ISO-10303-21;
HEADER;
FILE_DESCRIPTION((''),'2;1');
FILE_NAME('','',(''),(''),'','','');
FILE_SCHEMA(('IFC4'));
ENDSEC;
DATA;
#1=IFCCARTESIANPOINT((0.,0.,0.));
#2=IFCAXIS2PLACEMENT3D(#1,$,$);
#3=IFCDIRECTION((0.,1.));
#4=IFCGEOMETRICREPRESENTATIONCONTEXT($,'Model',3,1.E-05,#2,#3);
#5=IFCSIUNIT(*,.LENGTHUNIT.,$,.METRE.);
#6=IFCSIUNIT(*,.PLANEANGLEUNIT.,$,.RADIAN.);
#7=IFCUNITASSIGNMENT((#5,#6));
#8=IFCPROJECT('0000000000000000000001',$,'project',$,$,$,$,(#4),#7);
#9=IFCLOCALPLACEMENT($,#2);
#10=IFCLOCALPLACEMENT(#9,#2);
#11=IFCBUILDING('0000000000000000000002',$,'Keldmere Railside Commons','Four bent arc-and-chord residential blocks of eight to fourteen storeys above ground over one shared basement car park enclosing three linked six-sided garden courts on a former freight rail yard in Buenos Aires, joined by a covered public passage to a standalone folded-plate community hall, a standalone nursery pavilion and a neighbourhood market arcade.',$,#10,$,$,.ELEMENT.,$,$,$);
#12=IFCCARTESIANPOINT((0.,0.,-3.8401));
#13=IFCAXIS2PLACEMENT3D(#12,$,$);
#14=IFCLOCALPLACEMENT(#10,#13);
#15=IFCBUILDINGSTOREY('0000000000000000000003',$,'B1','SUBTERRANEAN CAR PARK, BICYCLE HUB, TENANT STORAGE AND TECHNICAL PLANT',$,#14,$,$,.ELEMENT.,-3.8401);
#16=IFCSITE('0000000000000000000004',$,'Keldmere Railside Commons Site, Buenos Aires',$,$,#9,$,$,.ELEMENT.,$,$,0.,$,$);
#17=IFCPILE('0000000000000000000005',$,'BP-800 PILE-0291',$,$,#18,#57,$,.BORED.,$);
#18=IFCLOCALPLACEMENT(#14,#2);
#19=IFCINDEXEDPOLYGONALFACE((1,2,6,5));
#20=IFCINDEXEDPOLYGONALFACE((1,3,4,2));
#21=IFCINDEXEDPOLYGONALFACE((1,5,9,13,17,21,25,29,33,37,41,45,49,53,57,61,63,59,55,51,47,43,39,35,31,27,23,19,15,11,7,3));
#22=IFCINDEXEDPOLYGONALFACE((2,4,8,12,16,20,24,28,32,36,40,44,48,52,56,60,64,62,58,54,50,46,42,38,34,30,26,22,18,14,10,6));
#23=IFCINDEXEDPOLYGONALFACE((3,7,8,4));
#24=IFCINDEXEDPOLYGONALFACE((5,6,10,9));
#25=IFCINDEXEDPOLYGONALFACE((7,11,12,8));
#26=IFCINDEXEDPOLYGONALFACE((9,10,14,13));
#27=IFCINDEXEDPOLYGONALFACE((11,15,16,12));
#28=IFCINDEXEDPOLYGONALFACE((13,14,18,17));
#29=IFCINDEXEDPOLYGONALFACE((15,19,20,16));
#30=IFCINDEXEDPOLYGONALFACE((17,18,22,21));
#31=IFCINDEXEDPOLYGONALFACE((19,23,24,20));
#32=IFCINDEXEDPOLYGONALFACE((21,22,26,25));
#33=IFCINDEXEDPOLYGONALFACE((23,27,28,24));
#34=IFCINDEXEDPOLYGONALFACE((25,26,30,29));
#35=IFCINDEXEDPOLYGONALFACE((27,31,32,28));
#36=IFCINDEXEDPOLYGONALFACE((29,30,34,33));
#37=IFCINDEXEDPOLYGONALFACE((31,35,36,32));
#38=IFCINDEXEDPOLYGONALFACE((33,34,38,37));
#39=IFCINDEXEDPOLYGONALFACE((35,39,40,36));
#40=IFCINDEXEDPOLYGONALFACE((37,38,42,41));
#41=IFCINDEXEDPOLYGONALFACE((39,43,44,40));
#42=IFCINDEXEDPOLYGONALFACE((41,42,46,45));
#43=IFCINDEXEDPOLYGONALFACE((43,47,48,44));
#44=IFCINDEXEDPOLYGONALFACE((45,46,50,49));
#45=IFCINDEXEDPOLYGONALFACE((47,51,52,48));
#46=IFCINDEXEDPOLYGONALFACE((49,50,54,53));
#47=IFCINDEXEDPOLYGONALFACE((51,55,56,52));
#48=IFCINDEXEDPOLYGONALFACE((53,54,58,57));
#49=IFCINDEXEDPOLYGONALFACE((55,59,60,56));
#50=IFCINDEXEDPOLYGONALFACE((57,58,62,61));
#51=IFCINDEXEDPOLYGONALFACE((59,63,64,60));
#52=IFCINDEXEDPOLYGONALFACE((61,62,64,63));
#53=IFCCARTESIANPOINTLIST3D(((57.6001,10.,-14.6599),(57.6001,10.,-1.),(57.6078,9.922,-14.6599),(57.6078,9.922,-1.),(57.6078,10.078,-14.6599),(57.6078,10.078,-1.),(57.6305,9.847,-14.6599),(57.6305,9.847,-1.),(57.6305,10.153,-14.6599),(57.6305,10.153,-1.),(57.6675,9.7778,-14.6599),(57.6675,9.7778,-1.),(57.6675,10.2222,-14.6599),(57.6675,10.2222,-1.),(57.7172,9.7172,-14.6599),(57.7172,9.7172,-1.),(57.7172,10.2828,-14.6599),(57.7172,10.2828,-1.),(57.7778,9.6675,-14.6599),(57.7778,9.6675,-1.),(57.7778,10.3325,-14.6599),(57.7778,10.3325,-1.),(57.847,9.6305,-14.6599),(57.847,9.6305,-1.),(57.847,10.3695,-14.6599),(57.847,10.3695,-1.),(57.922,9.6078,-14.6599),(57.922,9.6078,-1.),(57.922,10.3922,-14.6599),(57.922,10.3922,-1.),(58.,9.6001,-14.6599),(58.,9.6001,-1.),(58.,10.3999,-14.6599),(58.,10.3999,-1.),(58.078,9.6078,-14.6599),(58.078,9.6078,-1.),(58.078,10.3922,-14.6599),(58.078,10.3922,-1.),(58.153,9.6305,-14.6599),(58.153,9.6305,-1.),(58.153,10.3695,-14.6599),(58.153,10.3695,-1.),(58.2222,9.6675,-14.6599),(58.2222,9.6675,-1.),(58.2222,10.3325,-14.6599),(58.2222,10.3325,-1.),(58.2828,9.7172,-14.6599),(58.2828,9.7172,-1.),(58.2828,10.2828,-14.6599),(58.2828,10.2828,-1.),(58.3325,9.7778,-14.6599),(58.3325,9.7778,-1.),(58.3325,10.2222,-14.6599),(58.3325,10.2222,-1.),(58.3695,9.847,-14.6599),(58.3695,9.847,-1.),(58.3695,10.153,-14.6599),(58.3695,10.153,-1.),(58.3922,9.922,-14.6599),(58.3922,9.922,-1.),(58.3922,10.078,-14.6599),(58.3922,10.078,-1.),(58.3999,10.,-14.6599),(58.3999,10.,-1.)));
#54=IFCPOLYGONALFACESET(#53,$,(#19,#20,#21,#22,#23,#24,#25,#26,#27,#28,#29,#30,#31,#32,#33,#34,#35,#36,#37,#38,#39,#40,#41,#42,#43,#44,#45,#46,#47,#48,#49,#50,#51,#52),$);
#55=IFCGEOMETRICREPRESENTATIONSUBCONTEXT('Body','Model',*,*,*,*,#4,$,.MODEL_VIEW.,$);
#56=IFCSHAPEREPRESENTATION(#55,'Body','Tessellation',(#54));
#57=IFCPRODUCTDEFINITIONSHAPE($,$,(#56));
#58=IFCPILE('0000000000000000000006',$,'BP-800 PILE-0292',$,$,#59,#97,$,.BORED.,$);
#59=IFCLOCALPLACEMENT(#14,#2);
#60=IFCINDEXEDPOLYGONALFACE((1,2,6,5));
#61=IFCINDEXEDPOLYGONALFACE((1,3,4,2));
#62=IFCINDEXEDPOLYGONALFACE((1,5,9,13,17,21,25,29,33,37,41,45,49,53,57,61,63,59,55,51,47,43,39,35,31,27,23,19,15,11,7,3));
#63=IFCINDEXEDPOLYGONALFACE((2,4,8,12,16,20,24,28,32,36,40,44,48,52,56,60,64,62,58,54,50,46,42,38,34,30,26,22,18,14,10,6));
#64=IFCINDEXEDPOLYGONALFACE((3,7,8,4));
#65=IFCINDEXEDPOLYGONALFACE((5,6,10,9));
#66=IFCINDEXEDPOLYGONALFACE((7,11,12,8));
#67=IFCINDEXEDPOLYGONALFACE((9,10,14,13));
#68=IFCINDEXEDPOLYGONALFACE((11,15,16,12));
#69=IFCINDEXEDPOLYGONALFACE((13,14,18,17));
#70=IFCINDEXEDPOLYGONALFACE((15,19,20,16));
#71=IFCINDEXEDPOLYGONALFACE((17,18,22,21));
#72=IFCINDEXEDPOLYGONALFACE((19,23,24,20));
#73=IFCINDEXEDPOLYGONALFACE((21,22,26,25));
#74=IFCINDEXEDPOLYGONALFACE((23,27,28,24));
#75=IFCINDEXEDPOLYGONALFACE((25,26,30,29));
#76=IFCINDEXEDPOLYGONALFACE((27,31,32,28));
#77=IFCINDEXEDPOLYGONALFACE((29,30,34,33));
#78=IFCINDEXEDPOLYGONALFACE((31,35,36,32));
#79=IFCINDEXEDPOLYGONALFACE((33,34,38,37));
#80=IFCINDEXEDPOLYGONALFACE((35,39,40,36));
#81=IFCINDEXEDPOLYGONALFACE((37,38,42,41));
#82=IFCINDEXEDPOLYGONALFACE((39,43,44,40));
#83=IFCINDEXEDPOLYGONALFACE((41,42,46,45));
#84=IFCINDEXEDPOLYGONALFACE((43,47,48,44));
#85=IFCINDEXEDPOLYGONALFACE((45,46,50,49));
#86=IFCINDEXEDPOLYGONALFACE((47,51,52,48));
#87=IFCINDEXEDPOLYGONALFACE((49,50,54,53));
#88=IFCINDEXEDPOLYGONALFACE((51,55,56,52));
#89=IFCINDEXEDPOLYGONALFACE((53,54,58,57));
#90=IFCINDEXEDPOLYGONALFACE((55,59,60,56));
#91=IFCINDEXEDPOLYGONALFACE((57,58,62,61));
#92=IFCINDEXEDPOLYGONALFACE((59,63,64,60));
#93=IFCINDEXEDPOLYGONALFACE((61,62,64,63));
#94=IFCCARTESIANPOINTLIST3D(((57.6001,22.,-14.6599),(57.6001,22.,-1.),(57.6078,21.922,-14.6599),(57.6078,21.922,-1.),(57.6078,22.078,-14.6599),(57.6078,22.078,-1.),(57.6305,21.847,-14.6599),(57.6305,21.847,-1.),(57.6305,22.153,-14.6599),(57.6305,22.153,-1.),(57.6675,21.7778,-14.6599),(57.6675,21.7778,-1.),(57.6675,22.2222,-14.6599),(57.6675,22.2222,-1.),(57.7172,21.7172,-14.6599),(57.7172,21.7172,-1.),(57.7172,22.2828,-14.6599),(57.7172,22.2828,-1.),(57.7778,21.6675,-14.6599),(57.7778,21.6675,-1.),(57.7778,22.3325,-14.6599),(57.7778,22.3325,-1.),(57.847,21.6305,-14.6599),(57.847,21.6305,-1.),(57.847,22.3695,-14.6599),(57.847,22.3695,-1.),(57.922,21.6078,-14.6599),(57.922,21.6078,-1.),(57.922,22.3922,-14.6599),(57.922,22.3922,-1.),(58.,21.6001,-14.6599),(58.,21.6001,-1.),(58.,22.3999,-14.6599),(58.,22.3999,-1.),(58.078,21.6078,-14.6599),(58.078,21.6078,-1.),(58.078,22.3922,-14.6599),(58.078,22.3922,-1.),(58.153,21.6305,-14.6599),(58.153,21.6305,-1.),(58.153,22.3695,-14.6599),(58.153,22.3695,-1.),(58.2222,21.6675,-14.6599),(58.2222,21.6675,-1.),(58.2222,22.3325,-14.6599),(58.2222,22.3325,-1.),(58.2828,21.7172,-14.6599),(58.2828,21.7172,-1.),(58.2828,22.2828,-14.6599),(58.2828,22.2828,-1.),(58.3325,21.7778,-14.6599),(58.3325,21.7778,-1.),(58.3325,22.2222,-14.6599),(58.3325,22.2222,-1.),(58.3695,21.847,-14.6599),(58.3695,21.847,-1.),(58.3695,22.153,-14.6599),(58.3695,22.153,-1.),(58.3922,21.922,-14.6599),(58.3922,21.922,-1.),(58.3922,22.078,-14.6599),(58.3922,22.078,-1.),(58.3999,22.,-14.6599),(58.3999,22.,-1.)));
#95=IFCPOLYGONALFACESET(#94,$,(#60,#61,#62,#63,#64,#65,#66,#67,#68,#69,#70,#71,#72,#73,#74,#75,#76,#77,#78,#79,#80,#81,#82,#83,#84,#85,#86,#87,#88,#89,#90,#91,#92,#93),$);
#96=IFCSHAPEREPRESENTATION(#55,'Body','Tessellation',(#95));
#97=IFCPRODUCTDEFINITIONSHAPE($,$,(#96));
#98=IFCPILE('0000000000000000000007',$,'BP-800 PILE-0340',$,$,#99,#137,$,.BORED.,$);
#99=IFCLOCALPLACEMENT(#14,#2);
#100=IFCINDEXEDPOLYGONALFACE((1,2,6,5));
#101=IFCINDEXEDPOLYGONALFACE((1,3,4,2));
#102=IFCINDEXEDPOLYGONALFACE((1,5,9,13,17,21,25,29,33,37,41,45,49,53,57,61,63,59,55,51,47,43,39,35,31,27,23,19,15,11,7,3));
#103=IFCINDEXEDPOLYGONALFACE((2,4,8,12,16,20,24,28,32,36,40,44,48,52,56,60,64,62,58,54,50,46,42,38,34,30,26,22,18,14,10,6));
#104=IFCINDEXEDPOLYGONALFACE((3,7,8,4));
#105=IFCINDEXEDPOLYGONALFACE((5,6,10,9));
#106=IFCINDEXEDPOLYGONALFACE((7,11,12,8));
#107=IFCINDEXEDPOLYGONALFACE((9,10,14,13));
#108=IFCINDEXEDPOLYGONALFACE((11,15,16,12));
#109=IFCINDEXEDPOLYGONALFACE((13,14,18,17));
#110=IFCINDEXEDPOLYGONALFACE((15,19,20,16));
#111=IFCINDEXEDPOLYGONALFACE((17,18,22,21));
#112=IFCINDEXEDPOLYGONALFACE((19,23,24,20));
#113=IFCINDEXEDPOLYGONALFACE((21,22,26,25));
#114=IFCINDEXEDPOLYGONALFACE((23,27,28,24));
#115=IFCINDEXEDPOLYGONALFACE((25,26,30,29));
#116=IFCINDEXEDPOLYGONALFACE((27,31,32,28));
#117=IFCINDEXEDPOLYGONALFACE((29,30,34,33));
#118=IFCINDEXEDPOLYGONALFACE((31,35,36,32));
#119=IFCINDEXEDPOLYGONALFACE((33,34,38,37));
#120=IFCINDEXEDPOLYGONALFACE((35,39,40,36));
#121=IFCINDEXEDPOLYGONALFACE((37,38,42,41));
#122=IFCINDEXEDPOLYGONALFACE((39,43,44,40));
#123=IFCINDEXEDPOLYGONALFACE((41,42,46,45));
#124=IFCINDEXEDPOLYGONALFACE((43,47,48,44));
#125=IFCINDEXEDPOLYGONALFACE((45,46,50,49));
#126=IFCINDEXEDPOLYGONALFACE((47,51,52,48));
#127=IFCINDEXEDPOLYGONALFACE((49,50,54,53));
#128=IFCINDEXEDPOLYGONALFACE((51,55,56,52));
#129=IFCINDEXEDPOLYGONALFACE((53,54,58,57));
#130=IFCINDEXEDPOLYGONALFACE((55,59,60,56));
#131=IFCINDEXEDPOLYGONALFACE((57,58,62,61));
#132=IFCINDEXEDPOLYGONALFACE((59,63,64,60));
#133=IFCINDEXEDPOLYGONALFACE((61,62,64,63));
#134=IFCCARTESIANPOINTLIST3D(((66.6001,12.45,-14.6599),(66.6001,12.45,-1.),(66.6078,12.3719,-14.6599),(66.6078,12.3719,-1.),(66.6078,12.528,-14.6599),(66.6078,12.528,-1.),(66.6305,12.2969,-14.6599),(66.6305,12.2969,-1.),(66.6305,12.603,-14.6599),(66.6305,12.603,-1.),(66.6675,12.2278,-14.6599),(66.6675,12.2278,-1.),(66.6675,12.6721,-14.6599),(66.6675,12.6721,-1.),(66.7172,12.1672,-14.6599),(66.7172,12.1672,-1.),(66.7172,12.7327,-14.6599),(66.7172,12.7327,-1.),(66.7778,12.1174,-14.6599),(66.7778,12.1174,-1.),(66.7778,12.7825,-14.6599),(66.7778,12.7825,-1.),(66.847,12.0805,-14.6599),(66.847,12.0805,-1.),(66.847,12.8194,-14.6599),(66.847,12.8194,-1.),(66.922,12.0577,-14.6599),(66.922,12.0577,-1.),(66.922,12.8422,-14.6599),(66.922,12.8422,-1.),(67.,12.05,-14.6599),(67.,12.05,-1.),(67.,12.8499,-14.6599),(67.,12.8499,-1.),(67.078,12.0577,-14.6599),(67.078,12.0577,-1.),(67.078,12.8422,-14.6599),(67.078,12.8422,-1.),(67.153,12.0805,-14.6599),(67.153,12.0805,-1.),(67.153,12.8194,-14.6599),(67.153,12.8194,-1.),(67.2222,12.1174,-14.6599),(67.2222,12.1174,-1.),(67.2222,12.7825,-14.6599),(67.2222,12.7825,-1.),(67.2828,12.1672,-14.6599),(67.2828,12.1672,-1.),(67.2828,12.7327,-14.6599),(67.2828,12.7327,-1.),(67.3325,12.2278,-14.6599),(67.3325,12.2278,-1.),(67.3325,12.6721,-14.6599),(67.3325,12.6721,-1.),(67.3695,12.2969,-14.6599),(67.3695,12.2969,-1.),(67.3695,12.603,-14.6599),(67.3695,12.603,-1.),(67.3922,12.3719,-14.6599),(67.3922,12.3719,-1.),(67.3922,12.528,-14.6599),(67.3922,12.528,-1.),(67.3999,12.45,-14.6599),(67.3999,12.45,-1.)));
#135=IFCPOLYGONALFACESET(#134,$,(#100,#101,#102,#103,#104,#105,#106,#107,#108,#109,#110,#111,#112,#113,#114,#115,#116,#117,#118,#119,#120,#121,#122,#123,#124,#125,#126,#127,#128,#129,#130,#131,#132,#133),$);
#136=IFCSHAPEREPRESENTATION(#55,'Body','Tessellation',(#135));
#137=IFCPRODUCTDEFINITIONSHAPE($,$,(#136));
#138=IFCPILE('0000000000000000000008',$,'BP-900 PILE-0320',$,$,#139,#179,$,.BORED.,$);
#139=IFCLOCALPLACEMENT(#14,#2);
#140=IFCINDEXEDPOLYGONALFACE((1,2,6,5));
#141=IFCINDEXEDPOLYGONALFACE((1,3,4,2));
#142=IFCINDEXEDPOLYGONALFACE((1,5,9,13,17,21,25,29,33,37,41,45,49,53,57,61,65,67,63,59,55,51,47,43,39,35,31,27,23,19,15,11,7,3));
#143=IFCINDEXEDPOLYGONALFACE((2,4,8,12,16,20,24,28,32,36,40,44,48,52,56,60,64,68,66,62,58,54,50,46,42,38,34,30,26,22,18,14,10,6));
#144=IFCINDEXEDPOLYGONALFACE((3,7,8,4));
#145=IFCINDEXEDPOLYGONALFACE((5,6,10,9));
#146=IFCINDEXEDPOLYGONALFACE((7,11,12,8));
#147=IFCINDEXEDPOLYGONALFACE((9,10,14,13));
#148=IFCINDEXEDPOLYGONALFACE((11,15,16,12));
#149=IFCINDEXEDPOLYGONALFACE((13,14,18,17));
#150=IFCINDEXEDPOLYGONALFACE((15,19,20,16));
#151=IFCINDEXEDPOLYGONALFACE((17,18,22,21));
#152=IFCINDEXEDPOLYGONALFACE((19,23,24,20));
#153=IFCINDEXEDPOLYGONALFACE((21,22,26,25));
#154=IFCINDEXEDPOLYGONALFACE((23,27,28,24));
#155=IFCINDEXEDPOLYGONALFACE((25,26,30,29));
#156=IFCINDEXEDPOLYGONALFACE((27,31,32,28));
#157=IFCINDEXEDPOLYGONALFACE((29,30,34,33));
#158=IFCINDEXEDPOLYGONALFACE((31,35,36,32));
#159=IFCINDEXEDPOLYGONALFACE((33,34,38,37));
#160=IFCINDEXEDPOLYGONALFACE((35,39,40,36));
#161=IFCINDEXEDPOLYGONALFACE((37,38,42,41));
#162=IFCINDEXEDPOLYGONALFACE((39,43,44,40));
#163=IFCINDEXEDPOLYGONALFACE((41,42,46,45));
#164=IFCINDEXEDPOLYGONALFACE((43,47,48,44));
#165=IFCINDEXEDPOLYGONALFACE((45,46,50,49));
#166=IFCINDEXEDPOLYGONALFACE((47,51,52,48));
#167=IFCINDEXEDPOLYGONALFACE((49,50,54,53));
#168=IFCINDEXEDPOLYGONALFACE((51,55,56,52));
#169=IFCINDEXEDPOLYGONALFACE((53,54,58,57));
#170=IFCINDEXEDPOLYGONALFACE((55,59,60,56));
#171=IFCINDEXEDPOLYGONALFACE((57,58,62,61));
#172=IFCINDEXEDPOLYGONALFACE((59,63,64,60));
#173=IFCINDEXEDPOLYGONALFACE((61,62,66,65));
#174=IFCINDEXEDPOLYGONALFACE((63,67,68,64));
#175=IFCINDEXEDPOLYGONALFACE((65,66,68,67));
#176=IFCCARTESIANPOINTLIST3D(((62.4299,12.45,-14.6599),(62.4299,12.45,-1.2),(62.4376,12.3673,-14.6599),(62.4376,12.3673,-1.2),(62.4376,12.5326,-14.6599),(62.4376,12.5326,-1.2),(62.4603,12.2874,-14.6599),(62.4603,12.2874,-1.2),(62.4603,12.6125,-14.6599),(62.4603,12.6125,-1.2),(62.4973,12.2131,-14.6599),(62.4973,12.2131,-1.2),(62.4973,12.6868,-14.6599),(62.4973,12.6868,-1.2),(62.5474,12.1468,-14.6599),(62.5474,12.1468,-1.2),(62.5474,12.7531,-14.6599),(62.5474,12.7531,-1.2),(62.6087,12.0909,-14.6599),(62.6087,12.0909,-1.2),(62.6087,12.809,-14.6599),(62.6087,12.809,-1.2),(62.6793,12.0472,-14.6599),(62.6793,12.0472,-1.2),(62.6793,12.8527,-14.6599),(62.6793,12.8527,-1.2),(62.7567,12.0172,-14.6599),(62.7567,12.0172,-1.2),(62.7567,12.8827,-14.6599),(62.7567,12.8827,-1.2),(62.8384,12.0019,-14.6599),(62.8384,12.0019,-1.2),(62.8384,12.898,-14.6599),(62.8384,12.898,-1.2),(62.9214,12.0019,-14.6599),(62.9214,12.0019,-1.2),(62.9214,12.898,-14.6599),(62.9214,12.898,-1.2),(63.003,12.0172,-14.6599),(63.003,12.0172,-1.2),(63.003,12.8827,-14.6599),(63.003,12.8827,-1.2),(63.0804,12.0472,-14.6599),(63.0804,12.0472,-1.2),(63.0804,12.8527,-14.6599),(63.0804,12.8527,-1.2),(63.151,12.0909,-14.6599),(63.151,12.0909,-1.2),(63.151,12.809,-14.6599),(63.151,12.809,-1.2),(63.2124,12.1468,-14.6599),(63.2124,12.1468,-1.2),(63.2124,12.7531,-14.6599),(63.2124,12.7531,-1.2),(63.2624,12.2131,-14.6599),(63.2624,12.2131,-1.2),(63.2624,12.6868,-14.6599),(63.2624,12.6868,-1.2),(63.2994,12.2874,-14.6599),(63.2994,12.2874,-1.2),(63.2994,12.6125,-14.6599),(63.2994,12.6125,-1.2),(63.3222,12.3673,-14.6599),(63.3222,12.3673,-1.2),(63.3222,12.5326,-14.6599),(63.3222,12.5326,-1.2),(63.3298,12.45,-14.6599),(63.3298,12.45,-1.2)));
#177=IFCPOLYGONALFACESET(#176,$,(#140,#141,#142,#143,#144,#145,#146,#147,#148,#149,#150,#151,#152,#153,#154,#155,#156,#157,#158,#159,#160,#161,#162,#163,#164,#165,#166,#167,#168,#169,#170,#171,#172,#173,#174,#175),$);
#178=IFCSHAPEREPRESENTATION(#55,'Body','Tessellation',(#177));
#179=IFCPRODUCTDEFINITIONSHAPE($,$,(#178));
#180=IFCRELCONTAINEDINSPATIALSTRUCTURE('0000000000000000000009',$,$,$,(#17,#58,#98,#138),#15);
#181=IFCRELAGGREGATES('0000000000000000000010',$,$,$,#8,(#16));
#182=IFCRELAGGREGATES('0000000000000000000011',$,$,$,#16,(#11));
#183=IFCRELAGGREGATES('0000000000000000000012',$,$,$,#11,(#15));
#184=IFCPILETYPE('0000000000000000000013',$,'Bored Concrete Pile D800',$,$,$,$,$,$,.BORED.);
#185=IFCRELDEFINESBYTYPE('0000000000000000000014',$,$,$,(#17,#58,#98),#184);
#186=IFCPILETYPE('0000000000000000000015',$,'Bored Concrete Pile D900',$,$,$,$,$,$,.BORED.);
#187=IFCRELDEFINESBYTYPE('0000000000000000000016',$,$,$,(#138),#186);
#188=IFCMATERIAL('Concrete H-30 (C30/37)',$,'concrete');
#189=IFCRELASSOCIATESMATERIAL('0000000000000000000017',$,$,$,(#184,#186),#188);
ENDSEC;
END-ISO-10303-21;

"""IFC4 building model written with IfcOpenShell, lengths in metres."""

from ifc_helpers import new_model, si_unit, direction, frame, origin, origin_2d, place, context, subcontext, project, spatial, circle, extrude, material, material_profile, profile_set, type_object, element, save


model = new_model("IFC4")

# Units and contexts
model_context = context("Model", 3, precision=1e-05, world=origin(), true_north=direction((0.0, 1.0)))
body_context = subcontext(model_context, "Body", "Model", "MODEL_VIEW")
ifc_project = project(units=[si_unit("LENGTHUNIT", "METRE"), si_unit("PLANEANGLEUNIT", "RADIAN")], contexts=[model_context])

# Site, building, storey
site_placement = place(None, origin())
site = spatial("IfcSite", under=ifc_project, at=site_placement, Name="Keldmere Railside Commons Site, Buenos Aires", CompositionType="ELEMENT", RefElevation=0.0)
building_placement = place(site_placement, origin())
building = spatial("IfcBuilding", under=site, at=building_placement, Name="Keldmere Railside Commons", Description="Four bent arc-and-chord residential blocks of eight to fourteen storeys above ground over one shared basement car park enclosing three linked six-sided garden courts on a former freight rail yard in Buenos Aires, joined by a covered public passage to a standalone folded-plate community hall, a standalone nursery pavilion and a neighbourhood market arcade.", CompositionType="ELEMENT")
storey_placement = place(building_placement, frame((0.0, 0.0, -3.8401)))
storey = spatial("IfcBuildingStorey", under=building, at=storey_placement, Name="B1", Description="SUBTERRANEAN CAR PARK, BICYCLE HUB, TENANT STORAGE AND TECHNICAL PLANT", CompositionType="ELEMENT", Elevation=-3.8401)

# Piles
ifc_material_1 = material(Name="Concrete H-30 (C30/37)", Category="concrete")
ifc_material_profile_1 = material_profile(ifc_material_1, circle(Radius=0.3999, at=origin_2d()), Name="PILE-D800")
ifc_profile_set_1 = profile_set([ifc_material_profile_1], Name="Concrete H-30 (C30/37)")
pile_type_1 = type_object("IfcPileType", Name="Bored Concrete Pile D800", PredefinedType="BORED", material=ifc_profile_set_1)
for number, where, z_axis, x_axis, name in (
    (1, (58.0, 10.0, -1.0), (0.0, 0.0, -1.0), (1.0, 0.0, 0.0), "BP-800 PILE-0291"),
    (2, (58.0, 22.0, -1.0), (0.0, 0.0, -1.0), (1.0, 0.0, 0.0), "BP-800 PILE-0292"),
    (3, (67.0, 12.45, -1.0), (0.0, 0.0, -1.0), (1.0, 0.0, 0.0), "BP-800 PILE-0340"),
):
    element("IfcPile", number, at=place(storey_placement, frame(where, z_axis=z_axis, x_axis=x_axis)), inside=storey, type_object=pile_type_1, Name=name, PredefinedType="BORED", context=body_context, shape_type="SweptSolid", body=[
        extrude(circle(Radius=0.3999, at=origin_2d()), origin(), (0.0, 0.0, 1.0), 13.6599),
    ])
ifc_material_profile_2 = material_profile(ifc_material_1, circle(Radius=0.45, at=origin_2d()), Name="PILE-D900")
ifc_profile_set_2 = profile_set([ifc_material_profile_2], Name="Concrete H-30 (C30/37)")
pile_type_2 = type_object("IfcPileType", Name="Bored Concrete Pile D900", PredefinedType="BORED", material=ifc_profile_set_2)
for number, where, z_axis, x_axis, name in (
    (4, (62.8799, 12.45, -1.2), (0.0, 0.0, -1.0), (1.0, 0.0, 0.0), "BP-900 PILE-0320"),
):
    element("IfcPile", number, at=place(storey_placement, frame(where, z_axis=z_axis, x_axis=x_axis)), inside=storey, type_object=pile_type_2, Name=name, PredefinedType="BORED", context=body_context, shape_type="SweptSolid", body=[
        extrude(circle(Radius=0.45, at=origin_2d()), origin(), (0.0, 0.0, 1.0), 13.46),
    ])

save(model, "model.ifc")
